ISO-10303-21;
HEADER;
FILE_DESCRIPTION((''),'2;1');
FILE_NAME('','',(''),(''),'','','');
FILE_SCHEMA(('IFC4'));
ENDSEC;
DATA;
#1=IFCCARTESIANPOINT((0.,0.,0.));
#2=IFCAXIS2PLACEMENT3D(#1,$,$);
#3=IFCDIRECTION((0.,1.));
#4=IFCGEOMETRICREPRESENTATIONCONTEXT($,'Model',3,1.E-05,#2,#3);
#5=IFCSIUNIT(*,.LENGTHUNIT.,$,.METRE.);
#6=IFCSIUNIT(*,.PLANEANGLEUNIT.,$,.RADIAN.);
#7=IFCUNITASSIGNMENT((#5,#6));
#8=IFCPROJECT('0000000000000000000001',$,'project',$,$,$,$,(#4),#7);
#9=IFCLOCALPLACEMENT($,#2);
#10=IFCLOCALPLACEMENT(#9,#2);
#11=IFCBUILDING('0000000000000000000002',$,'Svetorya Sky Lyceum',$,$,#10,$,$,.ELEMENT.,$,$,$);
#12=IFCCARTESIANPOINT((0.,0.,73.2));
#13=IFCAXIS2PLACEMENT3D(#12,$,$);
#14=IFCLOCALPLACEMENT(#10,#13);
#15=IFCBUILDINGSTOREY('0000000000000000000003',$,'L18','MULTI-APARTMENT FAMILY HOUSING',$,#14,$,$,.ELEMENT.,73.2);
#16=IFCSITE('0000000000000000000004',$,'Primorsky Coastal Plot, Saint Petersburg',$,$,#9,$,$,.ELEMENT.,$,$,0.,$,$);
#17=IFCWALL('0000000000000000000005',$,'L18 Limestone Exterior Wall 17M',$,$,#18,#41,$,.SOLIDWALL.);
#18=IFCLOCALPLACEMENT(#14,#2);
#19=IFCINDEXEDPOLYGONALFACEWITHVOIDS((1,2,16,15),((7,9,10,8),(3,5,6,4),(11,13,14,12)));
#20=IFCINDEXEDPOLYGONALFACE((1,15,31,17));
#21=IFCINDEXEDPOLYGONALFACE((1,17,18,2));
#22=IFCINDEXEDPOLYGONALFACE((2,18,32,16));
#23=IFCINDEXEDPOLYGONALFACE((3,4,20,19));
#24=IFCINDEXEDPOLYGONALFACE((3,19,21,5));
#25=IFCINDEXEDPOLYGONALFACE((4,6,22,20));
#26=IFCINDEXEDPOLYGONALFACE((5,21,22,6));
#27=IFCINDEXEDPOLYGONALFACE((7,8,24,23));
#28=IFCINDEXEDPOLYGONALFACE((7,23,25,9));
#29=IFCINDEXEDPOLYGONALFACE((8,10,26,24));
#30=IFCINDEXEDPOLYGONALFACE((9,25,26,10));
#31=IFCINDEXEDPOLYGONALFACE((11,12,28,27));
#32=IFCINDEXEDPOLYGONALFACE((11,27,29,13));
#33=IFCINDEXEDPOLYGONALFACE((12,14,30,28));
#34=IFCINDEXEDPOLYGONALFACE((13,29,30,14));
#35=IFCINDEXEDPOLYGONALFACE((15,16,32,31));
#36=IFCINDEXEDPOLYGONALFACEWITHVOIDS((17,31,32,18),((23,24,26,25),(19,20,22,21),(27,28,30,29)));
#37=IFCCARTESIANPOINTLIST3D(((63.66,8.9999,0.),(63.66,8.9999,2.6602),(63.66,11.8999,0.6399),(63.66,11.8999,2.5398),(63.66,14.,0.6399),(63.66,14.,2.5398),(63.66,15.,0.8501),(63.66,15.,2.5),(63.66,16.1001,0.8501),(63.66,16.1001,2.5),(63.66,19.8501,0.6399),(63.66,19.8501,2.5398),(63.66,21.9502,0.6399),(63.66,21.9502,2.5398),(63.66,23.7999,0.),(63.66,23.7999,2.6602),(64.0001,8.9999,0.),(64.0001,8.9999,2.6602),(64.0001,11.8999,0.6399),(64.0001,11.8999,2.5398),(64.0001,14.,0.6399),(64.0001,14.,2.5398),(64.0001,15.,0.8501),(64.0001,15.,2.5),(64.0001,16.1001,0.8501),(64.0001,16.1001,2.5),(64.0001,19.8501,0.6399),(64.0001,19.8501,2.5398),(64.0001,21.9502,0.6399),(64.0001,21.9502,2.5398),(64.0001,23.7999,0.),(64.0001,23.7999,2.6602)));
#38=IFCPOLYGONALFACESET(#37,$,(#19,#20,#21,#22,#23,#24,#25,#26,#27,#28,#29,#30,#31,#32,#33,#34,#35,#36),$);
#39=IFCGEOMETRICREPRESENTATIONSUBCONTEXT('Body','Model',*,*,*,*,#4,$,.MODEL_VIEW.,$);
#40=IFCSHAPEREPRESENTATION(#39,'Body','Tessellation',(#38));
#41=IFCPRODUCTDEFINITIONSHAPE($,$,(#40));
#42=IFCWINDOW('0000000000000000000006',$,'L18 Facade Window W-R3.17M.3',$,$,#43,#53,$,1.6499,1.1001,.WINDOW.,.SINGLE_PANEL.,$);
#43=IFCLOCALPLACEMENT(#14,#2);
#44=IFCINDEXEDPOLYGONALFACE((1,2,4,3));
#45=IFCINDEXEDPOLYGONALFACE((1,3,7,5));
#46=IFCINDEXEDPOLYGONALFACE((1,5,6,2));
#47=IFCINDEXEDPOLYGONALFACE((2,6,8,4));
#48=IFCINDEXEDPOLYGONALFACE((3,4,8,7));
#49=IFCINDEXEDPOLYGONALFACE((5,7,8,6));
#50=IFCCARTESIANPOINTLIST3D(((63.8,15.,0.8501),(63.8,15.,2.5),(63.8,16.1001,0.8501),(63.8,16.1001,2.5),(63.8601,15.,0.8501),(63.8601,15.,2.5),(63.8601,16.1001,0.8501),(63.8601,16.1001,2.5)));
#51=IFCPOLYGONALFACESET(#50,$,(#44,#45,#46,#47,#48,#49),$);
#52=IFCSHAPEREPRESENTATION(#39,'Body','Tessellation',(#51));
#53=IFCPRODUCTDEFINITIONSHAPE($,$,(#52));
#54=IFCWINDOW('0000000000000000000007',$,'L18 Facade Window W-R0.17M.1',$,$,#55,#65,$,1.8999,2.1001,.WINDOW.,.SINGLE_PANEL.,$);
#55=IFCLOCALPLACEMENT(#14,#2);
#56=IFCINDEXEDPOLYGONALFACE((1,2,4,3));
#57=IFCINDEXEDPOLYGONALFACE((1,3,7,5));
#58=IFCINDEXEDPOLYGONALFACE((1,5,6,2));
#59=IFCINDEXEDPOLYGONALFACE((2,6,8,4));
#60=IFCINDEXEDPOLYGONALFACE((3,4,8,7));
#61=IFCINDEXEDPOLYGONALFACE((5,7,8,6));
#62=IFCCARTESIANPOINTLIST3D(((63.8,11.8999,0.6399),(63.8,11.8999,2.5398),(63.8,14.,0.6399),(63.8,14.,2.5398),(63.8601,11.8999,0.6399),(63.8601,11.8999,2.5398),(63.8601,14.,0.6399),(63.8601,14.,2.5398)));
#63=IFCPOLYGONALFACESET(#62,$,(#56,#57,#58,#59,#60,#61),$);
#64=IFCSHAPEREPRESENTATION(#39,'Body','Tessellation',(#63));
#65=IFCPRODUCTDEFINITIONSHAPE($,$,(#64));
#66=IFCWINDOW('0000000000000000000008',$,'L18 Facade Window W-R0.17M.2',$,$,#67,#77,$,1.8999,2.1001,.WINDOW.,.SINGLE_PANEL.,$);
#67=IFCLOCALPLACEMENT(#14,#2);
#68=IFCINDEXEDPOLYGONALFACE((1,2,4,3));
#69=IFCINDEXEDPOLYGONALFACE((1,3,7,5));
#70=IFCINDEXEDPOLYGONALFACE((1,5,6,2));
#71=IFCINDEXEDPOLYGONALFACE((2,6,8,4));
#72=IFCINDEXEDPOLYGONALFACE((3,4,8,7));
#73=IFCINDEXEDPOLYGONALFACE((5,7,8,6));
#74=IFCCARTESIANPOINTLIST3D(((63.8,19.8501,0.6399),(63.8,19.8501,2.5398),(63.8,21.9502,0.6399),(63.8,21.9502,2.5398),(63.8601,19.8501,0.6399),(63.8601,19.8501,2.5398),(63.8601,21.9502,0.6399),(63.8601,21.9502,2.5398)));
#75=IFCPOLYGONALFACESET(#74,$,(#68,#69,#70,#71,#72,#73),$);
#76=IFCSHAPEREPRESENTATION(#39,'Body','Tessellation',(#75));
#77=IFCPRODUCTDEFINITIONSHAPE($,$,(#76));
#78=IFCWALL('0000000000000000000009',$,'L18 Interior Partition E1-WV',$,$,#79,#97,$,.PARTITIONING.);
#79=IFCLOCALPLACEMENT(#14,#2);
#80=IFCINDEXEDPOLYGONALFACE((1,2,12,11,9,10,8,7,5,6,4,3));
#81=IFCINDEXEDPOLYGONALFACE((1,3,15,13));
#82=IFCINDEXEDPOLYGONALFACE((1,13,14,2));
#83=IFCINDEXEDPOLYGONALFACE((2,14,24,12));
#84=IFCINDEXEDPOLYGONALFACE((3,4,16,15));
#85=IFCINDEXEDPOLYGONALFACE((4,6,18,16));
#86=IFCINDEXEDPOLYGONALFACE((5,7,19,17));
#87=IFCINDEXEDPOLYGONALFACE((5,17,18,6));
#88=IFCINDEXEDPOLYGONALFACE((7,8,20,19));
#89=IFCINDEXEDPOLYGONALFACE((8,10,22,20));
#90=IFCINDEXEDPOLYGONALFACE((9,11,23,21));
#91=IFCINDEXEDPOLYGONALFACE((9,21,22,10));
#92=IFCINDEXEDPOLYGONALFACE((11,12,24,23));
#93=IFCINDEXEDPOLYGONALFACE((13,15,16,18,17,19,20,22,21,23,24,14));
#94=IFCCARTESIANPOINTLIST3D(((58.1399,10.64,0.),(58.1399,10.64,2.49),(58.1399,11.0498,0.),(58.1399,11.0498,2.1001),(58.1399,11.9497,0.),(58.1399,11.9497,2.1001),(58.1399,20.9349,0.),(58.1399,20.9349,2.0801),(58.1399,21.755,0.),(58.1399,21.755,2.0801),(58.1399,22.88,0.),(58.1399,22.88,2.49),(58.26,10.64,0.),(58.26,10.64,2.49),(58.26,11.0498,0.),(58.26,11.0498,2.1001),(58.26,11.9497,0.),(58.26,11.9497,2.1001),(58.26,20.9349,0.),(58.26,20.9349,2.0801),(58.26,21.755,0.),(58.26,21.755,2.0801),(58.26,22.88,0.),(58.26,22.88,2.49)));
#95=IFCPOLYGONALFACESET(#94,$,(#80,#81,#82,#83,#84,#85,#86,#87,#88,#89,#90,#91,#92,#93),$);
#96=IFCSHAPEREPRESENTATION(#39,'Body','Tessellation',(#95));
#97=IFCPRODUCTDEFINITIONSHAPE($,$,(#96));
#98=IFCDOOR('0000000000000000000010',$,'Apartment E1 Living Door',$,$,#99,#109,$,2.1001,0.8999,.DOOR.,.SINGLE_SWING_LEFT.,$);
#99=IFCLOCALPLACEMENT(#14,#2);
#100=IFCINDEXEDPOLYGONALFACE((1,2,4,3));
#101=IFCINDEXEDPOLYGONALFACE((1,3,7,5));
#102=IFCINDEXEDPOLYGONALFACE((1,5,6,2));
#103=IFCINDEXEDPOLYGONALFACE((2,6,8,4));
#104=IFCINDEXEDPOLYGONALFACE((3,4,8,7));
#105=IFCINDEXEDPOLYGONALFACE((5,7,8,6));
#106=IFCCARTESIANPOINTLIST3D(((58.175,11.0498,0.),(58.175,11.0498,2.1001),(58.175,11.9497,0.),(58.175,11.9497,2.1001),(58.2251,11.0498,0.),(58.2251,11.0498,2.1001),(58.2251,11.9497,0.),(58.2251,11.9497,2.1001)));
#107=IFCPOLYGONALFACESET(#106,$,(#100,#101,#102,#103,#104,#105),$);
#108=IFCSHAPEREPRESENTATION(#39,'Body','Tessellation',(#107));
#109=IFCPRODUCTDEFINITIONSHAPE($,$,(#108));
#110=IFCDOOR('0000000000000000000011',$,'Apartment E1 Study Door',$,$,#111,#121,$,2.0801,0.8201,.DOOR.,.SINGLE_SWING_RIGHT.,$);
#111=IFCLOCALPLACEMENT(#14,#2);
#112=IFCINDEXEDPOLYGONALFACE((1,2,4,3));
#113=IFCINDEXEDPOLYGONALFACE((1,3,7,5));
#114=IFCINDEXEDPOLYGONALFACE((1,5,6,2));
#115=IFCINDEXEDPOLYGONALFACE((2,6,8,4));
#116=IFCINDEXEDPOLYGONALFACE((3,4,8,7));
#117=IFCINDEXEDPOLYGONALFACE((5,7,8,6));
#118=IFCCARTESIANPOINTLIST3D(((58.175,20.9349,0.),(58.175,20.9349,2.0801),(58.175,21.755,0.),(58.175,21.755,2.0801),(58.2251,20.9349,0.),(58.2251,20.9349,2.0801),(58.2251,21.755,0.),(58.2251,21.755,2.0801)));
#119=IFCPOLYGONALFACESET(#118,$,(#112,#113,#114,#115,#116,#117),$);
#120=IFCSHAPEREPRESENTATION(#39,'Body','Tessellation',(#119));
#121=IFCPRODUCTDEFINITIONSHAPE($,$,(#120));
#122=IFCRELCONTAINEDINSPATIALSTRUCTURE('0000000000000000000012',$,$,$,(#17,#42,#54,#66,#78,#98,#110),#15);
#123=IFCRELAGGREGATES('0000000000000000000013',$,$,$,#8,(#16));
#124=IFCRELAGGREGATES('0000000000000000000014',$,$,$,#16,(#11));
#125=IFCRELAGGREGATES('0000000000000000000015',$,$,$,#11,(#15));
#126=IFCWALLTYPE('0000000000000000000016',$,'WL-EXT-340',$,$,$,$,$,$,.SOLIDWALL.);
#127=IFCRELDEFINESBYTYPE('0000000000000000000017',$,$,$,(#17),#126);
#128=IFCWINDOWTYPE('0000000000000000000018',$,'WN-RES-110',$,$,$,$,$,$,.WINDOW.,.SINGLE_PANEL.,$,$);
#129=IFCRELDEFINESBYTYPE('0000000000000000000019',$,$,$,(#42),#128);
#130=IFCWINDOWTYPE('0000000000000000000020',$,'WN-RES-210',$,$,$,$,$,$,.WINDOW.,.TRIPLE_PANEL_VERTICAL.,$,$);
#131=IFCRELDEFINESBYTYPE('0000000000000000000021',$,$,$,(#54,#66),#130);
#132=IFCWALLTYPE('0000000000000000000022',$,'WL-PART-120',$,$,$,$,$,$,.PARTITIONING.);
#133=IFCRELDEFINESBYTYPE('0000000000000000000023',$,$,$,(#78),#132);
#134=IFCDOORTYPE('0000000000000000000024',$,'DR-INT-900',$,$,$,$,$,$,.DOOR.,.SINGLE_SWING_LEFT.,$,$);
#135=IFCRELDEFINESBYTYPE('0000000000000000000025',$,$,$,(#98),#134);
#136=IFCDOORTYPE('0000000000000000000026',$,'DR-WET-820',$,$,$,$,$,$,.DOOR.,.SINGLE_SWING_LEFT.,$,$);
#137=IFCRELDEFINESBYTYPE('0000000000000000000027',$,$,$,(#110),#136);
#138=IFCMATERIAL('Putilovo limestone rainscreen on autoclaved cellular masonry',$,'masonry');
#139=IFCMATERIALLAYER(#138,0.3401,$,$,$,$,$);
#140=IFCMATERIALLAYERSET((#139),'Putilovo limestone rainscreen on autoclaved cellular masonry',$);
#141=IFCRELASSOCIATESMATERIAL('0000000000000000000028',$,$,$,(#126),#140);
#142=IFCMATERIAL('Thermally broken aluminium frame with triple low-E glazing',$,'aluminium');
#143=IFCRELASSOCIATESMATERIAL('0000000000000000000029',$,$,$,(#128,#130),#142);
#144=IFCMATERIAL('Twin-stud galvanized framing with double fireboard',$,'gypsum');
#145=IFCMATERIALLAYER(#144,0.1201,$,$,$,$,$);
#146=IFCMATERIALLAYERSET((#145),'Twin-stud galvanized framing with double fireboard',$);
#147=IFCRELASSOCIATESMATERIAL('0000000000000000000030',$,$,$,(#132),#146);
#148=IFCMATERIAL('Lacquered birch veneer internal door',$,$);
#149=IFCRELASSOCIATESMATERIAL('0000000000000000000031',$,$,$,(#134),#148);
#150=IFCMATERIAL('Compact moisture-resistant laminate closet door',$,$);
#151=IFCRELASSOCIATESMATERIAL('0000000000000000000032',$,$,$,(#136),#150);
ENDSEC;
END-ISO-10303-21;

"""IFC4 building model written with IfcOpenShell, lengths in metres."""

from ifc_helpers import new_model, si_unit, direction, frame, frame_2d, origin, place, context, subcontext, project, spatial, rectangle, extrude, material, layer, layer_set, type_object, element, fill, save


model = new_model("IFC4")

# Units and contexts
model_context = context("Model", 3, precision=1e-05, world=origin(), true_north=direction((0.0, 1.0)))
body_context = subcontext(model_context, "Body", "Model", "MODEL_VIEW")
ifc_project = project(units=[si_unit("LENGTHUNIT", "METRE"), si_unit("PLANEANGLEUNIT", "RADIAN")], contexts=[model_context])

# Site, building, storey
site_placement = place(None, origin())
site = spatial("IfcSite", under=ifc_project, at=site_placement, Name="Primorsky Coastal Plot, Saint Petersburg", CompositionType="ELEMENT", RefElevation=0.0)
building_placement = place(site_placement, origin())
building = spatial("IfcBuilding", under=site, at=building_placement, Name="Svetorya Sky Lyceum", CompositionType="ELEMENT")
storey_placement = place(building_placement, frame((0.0, 0.0, 73.2)))
storey = spatial("IfcBuildingStorey", under=building, at=storey_placement, Name="L18", Description="MULTI-APARTMENT FAMILY HOUSING", CompositionType="ELEMENT", Elevation=73.2)

# Shared definitions
ifc_material_1 = material(Name="Putilovo limestone rainscreen on autoclaved cellular masonry", Category="masonry")
ifc_layer_1 = layer(ifc_material_1, 0.3401)
ifc_layer_set_1 = layer_set([ifc_layer_1], Name="Putilovo limestone rainscreen on autoclaved cellular masonry")
wall_type_1 = type_object("IfcWallType", Name="WL-EXT-340", PredefinedType="SOLIDWALL", material=ifc_layer_set_1)

# Wall, openings, windows
wall_1_placement = place(storey_placement, frame((63.8301, 9.0, 0.0), z_axis=(0.0, 0.0, 1.0), x_axis=(0.0, 1.0, 0.0)))
wall_1 = element("IfcWall", 1, at=wall_1_placement, inside=storey, type_object=wall_type_1, Name="L18 Limestone Exterior Wall 17M", PredefinedType="SOLIDWALL", context=body_context, shape_type="SweptSolid", body=[
    extrude(rectangle(XDim=14.8, YDim=0.3401, at=frame_2d((7.3999, 0.0))), origin(), (0.0, 0.0, 1.0), 2.6602),
])
opening_1_placement = place(wall_1_placement, frame((2.8999, 0.0, 0.6399)))
opening_1 = element("IfcOpeningElement", 2, at=opening_1_placement, cuts=wall_1, PredefinedType="OPENING", context=body_context, shape_type="SweptSolid", body=[
    extrude(rectangle(XDim=2.1001, YDim=1.8999, at=frame_2d((1.05, 0.95))), frame((0.0, 0.1799, 0.0), z_axis=(0.0, -1.0, 0.0), x_axis=(1.0, 0.0, 0.0)), (0.0, 0.0, 1.0), 0.3601),
])
opening_2_placement = place(wall_1_placement, frame((6.0, 0.0, 0.8501)))
opening_2 = element("IfcOpeningElement", 3, at=opening_2_placement, cuts=wall_1, PredefinedType="OPENING", context=body_context, shape_type="SweptSolid", body=[
    extrude(rectangle(XDim=1.1001, YDim=1.6499, at=frame_2d((0.55, 0.825))), frame((0.0, 0.1799, 0.0), z_axis=(0.0, -1.0, 0.0), x_axis=(1.0, 0.0, 0.0)), (0.0, 0.0, 1.0), 0.3601),
])
opening_3_placement = place(wall_1_placement, frame((10.8501, 0.0, 0.6399)))
opening_3 = element("IfcOpeningElement", 4, at=opening_3_placement, cuts=wall_1, PredefinedType="OPENING", context=body_context, shape_type="SweptSolid", body=[
    extrude(rectangle(XDim=2.1001, YDim=1.8999, at=frame_2d((1.05, 0.95))), frame((0.0, 0.1799, 0.0), z_axis=(0.0, -1.0, 0.0), x_axis=(1.0, 0.0, 0.0)), (0.0, 0.0, 1.0), 0.3601),
])
ifc_material_2 = material(Name="Thermally broken aluminium frame with triple low-E glazing", Category="aluminium")
window_type_1 = type_object("IfcWindowType", Name="WN-RES-110", PartitioningType="SINGLE_PANEL", PredefinedType="WINDOW", material=ifc_material_2)
window_1_placement = place(opening_2_placement, origin())
window_1 = element("IfcWindow", 5, at=window_1_placement, inside=storey, type_object=window_type_1, Name="L18 Facade Window W-R3.17M.3", OverallHeight=1.6499, OverallWidth=1.1001, PartitioningType="SINGLE_PANEL", PredefinedType="WINDOW", context=body_context, shape_type="SweptSolid", body=[
    extrude(rectangle(XDim=1.1001, YDim=1.6499, at=frame_2d((0.55, 0.825))), frame((0.0, 0.03, 0.0), z_axis=(0.0, -1.0, 0.0), x_axis=(1.0, 0.0, 0.0)), (0.0, 0.0, 1.0), 0.0601),
])
fill(opening_2, window_1)
window_type_2 = type_object("IfcWindowType", Name="WN-RES-210", PartitioningType="TRIPLE_PANEL_VERTICAL", PredefinedType="WINDOW", material=ifc_material_2)
window_2_placement = place(opening_1_placement, origin())
window_2 = element("IfcWindow", 6, at=window_2_placement, inside=storey, type_object=window_type_2, Name="L18 Facade Window W-R0.17M.1", OverallHeight=1.8999, OverallWidth=2.1001, PartitioningType="SINGLE_PANEL", PredefinedType="WINDOW", context=body_context, shape_type="SweptSolid", body=[
    extrude(rectangle(XDim=2.1001, YDim=1.8999, at=frame_2d((1.05, 0.95))), frame((0.0, 0.03, 0.0), z_axis=(0.0, -1.0, 0.0), x_axis=(1.0, 0.0, 0.0)), (0.0, 0.0, 1.0), 0.0601),
])
fill(opening_1, window_2)
window_3_placement = place(opening_3_placement, origin())
window_3 = element("IfcWindow", 7, at=window_3_placement, inside=storey, type_object=window_type_2, Name="L18 Facade Window W-R0.17M.2", OverallHeight=1.8999, OverallWidth=2.1001, PartitioningType="SINGLE_PANEL", PredefinedType="WINDOW", context=body_context, shape_type="SweptSolid", body=[
    extrude(rectangle(XDim=2.1001, YDim=1.8999, at=frame_2d((1.05, 0.95))), frame((0.0, 0.03, 0.0), z_axis=(0.0, -1.0, 0.0), x_axis=(1.0, 0.0, 0.0)), (0.0, 0.0, 1.0), 0.0601),
])
fill(opening_3, window_3)

# Wall, openings, doors
ifc_material_3 = material(Name="Twin-stud galvanized framing with double fireboard", Category="gypsum")
ifc_layer_2 = layer(ifc_material_3, 0.1201)
ifc_layer_set_2 = layer_set([ifc_layer_2], Name="Twin-stud galvanized framing with double fireboard")
wall_type_2 = type_object("IfcWallType", Name="WL-PART-120", PredefinedType="PARTITIONING", material=ifc_layer_set_2)
wall_2_placement = place(storey_placement, frame((58.2, 10.6399, 0.0), z_axis=(0.0, 0.0, 1.0), x_axis=(0.0, 1.0, 0.0)))
wall_2 = element("IfcWall", 8, at=wall_2_placement, inside=storey, type_object=wall_type_2, Name="L18 Interior Partition E1-WV", PredefinedType="PARTITIONING", context=body_context, shape_type="SweptSolid", body=[
    extrude(rectangle(XDim=12.24, YDim=0.1201, at=frame_2d((6.1201, 0.0))), origin(), (0.0, 0.0, 1.0), 2.49),
])
opening_4_placement = place(wall_2_placement, frame((0.4099, 0.0, 0.0)))
opening_4 = element("IfcOpeningElement", 9, at=opening_4_placement, cuts=wall_2, PredefinedType="OPENING", context=body_context, shape_type="SweptSolid", body=[
    extrude(rectangle(XDim=0.8999, YDim=2.1001, at=frame_2d((0.45, 1.05))), frame((0.0, 0.0701, 0.0), z_axis=(0.0, -1.0, 0.0), x_axis=(1.0, 0.0, 0.0)), (0.0, 0.0, 1.0), 0.1401),
])
opening_5_placement = place(wall_2_placement, frame((10.2949, 0.0, 0.0)))
opening_5 = element("IfcOpeningElement", 10, at=opening_5_placement, cuts=wall_2, PredefinedType="OPENING", context=body_context, shape_type="SweptSolid", body=[
    extrude(rectangle(XDim=0.8201, YDim=2.0801, at=frame_2d((0.4102, 1.04))), frame((0.0, 0.0701, 0.0), z_axis=(0.0, -1.0, 0.0), x_axis=(1.0, 0.0, 0.0)), (0.0, 0.0, 1.0), 0.1401),
])
ifc_material_4 = material(Name="Lacquered birch veneer internal door")
door_type_1 = type_object("IfcDoorType", Name="DR-INT-900", OperationType="SINGLE_SWING_LEFT", PredefinedType="DOOR", material=ifc_material_4)
door_1_placement = place(opening_4_placement, origin())
door_1 = element("IfcDoor", 11, at=door_1_placement, inside=storey, type_object=door_type_1, Name="Apartment E1 Living Door", OperationType="SINGLE_SWING_LEFT", OverallHeight=2.1001, OverallWidth=0.8999, PredefinedType="DOOR", context=body_context, shape_type="SweptSolid", body=[
    extrude(rectangle(XDim=0.8999, YDim=2.1001, at=frame_2d((0.45, 1.05))), frame((0.0, 0.0249, 0.0), z_axis=(0.0, -1.0, 0.0), x_axis=(1.0, 0.0, 0.0)), (0.0, 0.0, 1.0), 0.05),
])
fill(opening_4, door_1)
ifc_material_5 = material(Name="Compact moisture-resistant laminate closet door")
door_type_2 = type_object("IfcDoorType", Name="DR-WET-820", OperationType="SINGLE_SWING_LEFT", PredefinedType="DOOR", material=ifc_material_5)
door_2_placement = place(opening_5_placement, origin())
door_2 = element("IfcDoor", 12, at=door_2_placement, inside=storey, type_object=door_type_2, Name="Apartment E1 Study Door", OperationType="SINGLE_SWING_RIGHT", OverallHeight=2.0801, OverallWidth=0.8201, PredefinedType="DOOR", context=body_context, shape_type="SweptSolid", body=[
    extrude(rectangle(XDim=0.8201, YDim=2.0801, at=frame_2d((0.4102, 1.04))), frame((0.0, 0.0249, 0.0), z_axis=(0.0, -1.0, 0.0), x_axis=(1.0, 0.0, 0.0)), (0.0, 0.0, 1.0), 0.05),
])
fill(opening_5, door_2)

save(model, "model.ifc")
